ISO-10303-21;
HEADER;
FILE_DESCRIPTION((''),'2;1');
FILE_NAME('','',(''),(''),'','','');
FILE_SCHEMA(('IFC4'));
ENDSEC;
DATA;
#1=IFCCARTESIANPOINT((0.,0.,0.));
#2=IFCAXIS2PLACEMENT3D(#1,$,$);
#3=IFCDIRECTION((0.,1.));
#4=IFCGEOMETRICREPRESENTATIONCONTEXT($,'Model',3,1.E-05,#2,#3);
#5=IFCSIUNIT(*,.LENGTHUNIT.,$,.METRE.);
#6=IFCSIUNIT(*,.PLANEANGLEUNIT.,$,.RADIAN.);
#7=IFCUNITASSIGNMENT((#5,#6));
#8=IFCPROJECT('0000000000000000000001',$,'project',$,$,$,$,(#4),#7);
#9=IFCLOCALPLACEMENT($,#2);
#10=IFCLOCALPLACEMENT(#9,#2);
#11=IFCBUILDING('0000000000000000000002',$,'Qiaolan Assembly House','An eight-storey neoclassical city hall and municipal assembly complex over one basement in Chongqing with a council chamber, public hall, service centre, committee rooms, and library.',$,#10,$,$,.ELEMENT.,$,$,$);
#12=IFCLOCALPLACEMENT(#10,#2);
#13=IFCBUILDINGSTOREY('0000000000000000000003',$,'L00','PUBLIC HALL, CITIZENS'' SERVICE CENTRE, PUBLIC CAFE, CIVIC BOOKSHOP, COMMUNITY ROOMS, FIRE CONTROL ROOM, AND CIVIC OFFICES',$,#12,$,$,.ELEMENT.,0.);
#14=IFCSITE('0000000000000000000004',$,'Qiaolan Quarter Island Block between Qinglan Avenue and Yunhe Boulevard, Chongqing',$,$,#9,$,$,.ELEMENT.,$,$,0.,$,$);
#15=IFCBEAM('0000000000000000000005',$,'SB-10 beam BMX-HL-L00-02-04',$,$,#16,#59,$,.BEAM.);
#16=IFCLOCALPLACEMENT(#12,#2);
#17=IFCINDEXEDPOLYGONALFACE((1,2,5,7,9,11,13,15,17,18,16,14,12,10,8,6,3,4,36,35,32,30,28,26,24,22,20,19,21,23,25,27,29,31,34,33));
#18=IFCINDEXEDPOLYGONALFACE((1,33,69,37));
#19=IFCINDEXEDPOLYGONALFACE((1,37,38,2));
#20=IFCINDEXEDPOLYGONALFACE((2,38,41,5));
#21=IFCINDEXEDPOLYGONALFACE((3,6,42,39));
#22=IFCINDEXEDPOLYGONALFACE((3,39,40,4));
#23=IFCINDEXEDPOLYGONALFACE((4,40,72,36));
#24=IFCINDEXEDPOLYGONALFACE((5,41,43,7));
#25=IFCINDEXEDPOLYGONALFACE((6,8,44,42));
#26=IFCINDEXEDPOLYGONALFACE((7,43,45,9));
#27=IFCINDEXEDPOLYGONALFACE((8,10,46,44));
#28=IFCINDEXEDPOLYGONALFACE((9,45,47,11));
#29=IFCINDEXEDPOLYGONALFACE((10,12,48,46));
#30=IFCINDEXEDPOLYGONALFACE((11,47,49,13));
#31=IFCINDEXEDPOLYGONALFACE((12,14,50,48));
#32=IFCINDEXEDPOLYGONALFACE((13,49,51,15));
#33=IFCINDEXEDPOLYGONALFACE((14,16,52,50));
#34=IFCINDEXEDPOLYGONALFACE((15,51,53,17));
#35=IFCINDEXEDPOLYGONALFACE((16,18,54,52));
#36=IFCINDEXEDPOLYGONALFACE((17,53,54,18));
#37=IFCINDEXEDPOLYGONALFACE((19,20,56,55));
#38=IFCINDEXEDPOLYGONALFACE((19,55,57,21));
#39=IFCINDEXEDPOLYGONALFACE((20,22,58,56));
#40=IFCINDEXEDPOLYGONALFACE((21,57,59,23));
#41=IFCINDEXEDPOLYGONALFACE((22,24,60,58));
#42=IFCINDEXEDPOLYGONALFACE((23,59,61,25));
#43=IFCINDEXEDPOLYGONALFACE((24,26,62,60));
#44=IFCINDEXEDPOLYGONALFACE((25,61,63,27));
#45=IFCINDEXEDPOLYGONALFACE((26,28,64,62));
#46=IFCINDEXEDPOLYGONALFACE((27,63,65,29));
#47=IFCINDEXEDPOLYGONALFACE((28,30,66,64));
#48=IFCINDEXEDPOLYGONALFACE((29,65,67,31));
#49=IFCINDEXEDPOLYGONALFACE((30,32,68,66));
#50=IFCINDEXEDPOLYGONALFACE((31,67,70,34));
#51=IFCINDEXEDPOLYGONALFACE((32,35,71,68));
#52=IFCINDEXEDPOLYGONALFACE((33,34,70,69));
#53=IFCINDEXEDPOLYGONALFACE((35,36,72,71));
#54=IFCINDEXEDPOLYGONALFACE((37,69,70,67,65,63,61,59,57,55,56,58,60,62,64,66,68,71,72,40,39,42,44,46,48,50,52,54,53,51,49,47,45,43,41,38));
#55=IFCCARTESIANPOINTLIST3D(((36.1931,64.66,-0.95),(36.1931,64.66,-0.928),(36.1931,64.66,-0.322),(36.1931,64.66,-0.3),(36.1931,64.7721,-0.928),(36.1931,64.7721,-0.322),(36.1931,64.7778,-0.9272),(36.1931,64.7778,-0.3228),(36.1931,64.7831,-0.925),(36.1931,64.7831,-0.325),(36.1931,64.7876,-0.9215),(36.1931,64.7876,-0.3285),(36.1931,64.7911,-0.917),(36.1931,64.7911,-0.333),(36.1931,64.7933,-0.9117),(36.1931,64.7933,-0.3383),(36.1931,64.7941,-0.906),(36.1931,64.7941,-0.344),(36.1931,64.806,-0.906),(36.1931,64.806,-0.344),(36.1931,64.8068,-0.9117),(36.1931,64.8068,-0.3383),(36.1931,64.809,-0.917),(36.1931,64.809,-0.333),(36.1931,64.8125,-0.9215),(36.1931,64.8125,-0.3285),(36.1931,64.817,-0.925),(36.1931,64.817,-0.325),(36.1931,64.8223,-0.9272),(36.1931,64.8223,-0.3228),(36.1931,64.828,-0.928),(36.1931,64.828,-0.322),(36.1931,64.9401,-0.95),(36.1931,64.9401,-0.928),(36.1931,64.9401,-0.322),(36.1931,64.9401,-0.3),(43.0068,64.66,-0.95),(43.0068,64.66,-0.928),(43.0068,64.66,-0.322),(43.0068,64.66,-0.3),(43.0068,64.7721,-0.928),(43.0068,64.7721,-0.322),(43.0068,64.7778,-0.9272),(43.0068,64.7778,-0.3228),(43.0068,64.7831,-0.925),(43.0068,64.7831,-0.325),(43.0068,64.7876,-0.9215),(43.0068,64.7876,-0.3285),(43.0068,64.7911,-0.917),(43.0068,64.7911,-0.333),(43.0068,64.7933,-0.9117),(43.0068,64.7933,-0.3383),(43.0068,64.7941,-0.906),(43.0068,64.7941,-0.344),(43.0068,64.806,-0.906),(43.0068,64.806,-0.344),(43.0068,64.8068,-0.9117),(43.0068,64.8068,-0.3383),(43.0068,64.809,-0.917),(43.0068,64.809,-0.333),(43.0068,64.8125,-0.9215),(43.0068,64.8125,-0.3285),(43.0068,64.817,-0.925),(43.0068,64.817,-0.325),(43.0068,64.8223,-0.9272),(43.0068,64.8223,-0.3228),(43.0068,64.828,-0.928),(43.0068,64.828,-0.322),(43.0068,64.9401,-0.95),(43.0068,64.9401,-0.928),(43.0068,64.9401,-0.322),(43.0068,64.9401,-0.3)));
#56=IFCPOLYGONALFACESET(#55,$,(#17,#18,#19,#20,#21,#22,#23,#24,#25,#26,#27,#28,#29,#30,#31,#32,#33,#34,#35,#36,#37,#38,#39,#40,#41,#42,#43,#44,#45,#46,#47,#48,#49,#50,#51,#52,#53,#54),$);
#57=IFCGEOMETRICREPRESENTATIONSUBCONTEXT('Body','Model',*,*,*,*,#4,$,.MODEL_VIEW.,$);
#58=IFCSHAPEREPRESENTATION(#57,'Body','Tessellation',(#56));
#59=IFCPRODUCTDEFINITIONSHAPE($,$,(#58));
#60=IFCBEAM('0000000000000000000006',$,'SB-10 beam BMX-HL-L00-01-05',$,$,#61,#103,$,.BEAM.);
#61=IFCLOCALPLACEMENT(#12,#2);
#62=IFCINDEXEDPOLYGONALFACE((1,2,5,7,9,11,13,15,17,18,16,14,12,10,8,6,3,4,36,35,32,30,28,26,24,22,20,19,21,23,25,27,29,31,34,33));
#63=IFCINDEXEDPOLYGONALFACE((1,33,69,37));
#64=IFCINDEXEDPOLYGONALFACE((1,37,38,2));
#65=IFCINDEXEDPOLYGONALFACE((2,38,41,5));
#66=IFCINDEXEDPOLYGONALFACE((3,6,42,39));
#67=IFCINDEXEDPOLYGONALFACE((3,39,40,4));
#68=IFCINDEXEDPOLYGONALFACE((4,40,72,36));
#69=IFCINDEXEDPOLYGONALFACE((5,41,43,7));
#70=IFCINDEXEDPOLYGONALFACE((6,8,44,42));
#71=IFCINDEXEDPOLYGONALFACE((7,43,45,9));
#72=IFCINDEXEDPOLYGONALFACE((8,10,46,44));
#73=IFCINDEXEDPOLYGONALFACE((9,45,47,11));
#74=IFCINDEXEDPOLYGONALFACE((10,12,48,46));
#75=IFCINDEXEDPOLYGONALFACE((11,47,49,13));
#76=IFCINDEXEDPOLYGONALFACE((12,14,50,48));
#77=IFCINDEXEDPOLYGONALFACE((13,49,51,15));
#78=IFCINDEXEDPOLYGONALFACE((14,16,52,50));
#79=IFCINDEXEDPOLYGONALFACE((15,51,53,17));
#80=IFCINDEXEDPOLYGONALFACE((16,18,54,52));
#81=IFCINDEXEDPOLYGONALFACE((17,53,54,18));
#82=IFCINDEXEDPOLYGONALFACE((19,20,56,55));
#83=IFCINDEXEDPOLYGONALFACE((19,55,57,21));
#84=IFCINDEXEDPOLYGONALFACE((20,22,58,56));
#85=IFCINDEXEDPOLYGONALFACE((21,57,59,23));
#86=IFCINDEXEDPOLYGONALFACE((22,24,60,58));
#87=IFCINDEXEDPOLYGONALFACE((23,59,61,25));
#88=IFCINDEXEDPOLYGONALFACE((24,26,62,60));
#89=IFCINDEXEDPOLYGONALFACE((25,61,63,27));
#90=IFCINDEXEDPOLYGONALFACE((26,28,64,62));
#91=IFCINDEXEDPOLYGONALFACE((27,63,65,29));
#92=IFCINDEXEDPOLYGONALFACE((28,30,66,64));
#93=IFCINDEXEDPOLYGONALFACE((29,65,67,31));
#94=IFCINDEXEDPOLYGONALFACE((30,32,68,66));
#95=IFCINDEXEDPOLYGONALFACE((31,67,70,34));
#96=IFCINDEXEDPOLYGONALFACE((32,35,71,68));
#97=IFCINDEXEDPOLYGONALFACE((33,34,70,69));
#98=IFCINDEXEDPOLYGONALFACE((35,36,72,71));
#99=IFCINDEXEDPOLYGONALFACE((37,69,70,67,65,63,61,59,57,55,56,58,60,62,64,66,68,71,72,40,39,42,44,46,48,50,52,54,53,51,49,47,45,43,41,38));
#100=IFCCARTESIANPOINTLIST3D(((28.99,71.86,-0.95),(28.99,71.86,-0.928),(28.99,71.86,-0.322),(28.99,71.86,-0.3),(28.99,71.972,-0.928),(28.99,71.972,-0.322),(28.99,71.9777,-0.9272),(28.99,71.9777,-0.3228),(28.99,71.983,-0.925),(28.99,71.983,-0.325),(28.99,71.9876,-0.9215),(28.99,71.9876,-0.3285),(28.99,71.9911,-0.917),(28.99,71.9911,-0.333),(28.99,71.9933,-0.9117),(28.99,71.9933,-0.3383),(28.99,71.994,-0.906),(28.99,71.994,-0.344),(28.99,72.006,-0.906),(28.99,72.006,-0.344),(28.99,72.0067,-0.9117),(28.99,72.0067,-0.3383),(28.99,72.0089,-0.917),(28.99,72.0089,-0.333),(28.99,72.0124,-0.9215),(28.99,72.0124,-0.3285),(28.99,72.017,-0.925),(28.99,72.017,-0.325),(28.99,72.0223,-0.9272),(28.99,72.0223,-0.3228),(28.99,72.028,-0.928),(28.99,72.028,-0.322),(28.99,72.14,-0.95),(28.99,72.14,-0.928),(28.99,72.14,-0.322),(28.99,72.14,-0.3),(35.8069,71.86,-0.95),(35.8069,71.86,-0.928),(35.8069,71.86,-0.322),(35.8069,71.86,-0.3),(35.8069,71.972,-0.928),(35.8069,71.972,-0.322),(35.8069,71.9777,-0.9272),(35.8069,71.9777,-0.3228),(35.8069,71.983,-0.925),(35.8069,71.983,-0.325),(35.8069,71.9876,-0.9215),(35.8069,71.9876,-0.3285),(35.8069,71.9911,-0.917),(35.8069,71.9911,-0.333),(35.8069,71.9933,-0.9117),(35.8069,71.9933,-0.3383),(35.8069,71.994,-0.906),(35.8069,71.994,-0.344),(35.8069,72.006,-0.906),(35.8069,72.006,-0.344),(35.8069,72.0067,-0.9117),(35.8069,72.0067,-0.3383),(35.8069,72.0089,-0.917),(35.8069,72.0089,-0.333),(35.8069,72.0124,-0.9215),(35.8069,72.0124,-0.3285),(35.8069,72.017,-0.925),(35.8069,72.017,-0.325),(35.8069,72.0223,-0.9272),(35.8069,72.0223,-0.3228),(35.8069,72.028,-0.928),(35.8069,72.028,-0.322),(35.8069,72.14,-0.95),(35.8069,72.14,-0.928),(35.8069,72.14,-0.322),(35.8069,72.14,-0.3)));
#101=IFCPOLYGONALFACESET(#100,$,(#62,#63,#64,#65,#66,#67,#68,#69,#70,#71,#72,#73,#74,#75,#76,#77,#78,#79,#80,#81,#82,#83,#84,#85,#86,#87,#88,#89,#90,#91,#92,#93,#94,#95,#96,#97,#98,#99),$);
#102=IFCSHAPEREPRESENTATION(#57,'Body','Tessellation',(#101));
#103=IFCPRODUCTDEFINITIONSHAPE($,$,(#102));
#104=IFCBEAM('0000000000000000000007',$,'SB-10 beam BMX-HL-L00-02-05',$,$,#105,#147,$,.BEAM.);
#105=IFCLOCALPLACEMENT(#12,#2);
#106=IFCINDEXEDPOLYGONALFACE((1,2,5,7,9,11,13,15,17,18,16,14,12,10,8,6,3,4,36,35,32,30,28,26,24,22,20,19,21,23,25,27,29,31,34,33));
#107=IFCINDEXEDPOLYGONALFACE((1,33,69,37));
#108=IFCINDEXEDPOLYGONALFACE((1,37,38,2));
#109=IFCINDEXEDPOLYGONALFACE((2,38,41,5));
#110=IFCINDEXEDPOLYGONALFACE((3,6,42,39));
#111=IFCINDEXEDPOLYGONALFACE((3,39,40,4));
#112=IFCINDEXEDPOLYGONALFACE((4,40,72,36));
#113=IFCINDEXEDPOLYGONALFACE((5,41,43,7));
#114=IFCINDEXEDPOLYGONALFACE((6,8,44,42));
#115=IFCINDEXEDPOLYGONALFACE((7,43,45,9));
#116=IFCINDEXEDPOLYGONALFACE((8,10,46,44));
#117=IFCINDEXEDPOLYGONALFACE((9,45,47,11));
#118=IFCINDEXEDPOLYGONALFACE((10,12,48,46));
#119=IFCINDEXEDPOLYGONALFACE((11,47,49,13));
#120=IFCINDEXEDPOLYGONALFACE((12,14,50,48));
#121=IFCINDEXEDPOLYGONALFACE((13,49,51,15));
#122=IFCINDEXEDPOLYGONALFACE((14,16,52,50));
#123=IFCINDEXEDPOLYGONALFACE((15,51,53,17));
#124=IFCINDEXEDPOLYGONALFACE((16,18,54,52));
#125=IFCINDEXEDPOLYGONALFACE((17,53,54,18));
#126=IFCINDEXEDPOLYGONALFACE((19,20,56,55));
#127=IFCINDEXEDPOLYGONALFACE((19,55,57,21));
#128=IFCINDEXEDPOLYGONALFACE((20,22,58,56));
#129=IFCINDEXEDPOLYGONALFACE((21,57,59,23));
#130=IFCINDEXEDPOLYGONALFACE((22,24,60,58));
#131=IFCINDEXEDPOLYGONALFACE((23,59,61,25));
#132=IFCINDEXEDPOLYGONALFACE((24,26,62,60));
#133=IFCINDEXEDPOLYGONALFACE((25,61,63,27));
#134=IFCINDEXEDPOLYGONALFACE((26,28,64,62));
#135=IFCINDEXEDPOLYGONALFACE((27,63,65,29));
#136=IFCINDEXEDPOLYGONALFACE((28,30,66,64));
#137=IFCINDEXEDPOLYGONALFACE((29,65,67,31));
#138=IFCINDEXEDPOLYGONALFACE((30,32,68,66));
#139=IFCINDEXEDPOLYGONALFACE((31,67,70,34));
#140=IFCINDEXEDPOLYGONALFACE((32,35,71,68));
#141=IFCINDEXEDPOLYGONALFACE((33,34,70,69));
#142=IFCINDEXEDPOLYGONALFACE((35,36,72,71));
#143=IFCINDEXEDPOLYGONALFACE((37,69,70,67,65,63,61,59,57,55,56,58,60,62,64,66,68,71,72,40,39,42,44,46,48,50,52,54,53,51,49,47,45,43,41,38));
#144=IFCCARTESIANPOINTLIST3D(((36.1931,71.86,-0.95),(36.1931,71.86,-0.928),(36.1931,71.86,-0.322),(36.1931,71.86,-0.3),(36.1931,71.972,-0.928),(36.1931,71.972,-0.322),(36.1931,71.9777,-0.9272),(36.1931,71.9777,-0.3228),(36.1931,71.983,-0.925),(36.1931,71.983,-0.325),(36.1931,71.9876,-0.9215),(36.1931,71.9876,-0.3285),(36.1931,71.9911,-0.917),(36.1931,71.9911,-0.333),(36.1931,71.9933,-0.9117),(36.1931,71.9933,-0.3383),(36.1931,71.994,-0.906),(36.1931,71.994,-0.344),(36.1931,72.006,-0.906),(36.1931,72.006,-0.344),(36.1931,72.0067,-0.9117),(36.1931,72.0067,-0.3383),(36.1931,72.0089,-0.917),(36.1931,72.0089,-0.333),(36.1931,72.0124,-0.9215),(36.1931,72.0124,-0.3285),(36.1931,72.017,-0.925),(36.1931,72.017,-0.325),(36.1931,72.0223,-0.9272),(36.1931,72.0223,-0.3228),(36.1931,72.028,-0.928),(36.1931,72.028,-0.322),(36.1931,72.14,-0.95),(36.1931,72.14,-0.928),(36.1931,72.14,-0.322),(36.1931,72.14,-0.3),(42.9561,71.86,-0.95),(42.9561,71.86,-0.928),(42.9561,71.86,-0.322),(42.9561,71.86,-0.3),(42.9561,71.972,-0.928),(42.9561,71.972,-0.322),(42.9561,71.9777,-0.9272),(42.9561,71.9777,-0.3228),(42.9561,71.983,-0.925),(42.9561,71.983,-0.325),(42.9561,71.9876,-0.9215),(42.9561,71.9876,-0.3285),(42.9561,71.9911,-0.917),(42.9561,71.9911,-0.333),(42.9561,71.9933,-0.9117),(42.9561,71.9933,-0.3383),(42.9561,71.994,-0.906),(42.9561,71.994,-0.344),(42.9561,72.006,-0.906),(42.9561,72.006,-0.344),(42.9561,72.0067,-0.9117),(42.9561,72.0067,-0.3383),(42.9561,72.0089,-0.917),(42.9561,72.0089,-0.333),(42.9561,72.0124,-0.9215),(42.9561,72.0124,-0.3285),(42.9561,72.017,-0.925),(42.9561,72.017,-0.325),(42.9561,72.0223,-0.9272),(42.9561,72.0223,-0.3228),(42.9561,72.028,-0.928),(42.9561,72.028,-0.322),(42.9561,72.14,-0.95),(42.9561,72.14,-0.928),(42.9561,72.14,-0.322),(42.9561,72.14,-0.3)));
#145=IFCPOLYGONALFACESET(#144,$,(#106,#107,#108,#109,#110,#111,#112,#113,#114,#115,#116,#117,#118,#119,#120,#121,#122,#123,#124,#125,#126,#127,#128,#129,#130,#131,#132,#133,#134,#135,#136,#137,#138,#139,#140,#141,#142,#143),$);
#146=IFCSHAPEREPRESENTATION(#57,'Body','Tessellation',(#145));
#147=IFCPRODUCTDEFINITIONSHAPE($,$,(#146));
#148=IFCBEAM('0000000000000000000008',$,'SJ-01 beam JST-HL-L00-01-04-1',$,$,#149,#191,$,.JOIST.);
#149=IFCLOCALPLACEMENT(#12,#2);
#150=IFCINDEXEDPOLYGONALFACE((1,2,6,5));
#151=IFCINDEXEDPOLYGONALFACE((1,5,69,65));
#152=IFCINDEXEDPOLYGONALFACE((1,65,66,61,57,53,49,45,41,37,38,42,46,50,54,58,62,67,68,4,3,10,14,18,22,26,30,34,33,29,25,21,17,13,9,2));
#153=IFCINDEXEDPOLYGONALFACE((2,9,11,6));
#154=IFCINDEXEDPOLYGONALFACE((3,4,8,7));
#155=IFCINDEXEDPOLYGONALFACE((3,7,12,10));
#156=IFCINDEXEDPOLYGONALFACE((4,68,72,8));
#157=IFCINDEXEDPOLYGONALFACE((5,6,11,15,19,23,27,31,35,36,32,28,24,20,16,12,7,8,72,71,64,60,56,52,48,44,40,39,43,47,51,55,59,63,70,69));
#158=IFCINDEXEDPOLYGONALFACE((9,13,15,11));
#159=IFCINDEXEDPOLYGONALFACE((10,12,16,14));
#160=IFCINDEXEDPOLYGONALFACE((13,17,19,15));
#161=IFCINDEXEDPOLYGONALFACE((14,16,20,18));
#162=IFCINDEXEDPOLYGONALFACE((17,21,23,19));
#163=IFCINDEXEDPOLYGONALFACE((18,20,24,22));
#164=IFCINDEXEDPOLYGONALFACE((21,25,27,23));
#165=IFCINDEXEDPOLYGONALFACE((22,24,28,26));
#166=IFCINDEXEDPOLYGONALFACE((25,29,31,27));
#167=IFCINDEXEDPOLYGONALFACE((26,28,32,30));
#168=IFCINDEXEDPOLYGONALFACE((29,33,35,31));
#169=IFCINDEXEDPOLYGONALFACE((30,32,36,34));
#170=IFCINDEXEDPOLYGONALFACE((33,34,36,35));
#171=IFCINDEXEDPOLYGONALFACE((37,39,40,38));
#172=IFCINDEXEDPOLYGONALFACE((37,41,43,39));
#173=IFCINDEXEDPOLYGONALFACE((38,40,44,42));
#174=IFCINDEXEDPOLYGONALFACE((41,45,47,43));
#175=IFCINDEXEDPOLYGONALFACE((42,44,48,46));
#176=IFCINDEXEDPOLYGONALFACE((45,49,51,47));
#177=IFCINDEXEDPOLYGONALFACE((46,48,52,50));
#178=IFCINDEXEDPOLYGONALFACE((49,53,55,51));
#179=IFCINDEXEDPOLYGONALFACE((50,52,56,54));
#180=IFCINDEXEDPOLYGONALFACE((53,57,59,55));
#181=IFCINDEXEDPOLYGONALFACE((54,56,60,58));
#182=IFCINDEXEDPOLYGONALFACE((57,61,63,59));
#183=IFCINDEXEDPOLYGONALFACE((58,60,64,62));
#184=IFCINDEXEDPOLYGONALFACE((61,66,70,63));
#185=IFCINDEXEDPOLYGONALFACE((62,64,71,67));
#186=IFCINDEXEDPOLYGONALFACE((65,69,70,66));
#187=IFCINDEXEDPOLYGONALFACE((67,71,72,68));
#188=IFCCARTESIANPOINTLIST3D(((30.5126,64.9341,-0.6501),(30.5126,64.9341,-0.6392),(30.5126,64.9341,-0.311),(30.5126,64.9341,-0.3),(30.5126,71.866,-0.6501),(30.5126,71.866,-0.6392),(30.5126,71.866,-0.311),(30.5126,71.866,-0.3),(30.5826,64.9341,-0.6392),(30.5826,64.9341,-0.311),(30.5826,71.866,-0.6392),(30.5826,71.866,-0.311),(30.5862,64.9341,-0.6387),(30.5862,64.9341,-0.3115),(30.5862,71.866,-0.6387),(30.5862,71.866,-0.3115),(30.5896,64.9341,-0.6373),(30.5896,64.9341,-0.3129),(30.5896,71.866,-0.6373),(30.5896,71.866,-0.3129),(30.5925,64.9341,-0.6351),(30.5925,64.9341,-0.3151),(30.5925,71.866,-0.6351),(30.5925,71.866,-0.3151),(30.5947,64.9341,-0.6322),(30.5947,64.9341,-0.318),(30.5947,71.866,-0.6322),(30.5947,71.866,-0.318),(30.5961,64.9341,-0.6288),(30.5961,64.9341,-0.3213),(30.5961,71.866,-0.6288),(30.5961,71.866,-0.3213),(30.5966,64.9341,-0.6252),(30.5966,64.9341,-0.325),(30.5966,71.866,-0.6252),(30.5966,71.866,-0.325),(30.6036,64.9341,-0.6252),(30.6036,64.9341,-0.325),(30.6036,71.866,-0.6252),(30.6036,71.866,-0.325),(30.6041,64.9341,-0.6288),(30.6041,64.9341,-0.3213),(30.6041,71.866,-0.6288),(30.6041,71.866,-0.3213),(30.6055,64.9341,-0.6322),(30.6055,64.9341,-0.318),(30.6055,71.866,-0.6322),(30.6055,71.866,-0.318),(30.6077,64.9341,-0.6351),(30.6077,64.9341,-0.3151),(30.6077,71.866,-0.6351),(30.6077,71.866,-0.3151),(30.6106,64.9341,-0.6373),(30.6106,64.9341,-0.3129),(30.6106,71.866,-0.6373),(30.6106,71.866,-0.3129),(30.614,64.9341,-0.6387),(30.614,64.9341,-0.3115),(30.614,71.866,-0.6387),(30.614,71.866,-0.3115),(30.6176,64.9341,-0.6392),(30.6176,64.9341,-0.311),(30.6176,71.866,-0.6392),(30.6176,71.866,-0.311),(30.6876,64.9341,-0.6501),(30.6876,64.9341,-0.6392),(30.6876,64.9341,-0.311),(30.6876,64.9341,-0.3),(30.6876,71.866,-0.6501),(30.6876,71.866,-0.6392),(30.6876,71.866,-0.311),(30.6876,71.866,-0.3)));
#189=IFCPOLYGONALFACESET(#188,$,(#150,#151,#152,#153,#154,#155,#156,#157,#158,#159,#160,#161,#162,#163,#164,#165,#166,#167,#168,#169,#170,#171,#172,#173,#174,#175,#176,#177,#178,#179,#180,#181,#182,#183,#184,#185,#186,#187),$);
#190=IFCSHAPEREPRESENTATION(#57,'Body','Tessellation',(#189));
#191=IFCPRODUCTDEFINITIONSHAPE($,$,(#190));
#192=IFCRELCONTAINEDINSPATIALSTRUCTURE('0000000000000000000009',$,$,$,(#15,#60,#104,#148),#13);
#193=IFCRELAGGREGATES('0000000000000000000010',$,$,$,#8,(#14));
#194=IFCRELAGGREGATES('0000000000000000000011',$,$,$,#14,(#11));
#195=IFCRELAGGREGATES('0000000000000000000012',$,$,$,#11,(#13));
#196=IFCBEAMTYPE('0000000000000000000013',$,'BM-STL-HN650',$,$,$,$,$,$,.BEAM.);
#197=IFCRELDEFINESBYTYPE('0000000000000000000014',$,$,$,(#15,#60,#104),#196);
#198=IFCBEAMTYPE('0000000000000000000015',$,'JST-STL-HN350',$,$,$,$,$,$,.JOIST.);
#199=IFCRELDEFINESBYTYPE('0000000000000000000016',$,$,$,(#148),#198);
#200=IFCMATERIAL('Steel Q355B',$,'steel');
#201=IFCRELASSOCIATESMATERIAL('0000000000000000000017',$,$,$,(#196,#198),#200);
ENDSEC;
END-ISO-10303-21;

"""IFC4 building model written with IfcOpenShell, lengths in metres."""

from ifc_helpers import new_model, si_unit, direction, frame, origin, origin_2d, place, context, subcontext, project, spatial, i_section, extrude, material, material_profile, profile_set, type_object, element, save


model = new_model("IFC4")

# Units and contexts
model_context = context("Model", 3, precision=1e-05, world=origin(), true_north=direction((0.0, 1.0)))
body_context = subcontext(model_context, "Body", "Model", "MODEL_VIEW")
ifc_project = project(units=[si_unit("LENGTHUNIT", "METRE"), si_unit("PLANEANGLEUNIT", "RADIAN")], contexts=[model_context])

# Site, building, storey
site_placement = place(None, origin())
site = spatial("IfcSite", under=ifc_project, at=site_placement, Name="Qiaolan Quarter Island Block between Qinglan Avenue and Yunhe Boulevard, Chongqing", CompositionType="ELEMENT", RefElevation=0.0)
building_placement = place(site_placement, origin())
building = spatial("IfcBuilding", under=site, at=building_placement, Name="Qiaolan Assembly House", Description="An eight-storey neoclassical city hall and municipal assembly complex over one basement in Chongqing with a council chamber, public hall, service centre, committee rooms, and library.", CompositionType="ELEMENT")
storey_placement = place(building_placement, origin())
storey = spatial("IfcBuildingStorey", under=building, at=storey_placement, Name="L00", Description="PUBLIC HALL, CITIZENS' SERVICE CENTRE, PUBLIC CAFE, CIVIC BOOKSHOP, COMMUNITY ROOMS, FIRE CONTROL ROOM, AND CIVIC OFFICES", CompositionType="ELEMENT", Elevation=0.0)

# Shared definitions
ifc_material_1 = material(Name="Steel Q355B", Category="steel")

# Beams
ifc_material_profile_1 = material_profile(ifc_material_1, i_section(OverallWidth=0.28, OverallDepth=0.6499, WebThickness=0.012, FlangeThickness=0.022, FilletRadius=0.022, at=origin_2d()), Name="HN 650x280x12x22")
ifc_profile_set_1 = profile_set([ifc_material_profile_1], Name="Steel Q355B")
beam_type_1 = type_object("IfcBeamType", Name="BM-STL-HN650", PredefinedType="BEAM", material=ifc_profile_set_1)
beam_1_placement = place(storey_placement, frame((36.1931, 64.8, -0.625), z_axis=(1.0, 0.0, 0.0), x_axis=(0.0, 1.0, 0.0)))
element("IfcBeam", 1, at=beam_1_placement, inside=storey, type_object=beam_type_1, Name="SB-10 beam BMX-HL-L00-02-04", PredefinedType="BEAM", context=body_context, shape_type="SweptSolid", body=[
    extrude(i_section(OverallWidth=0.28, OverallDepth=0.6499, WebThickness=0.012, FlangeThickness=0.022, FilletRadius=0.022, at=origin_2d()), origin(), (0.0, 0.0, 1.0), 6.8137),
])
beam_2_placement = place(storey_placement, frame((28.99, 72.0, -0.625), z_axis=(1.0, 0.0, 0.0), x_axis=(0.0, 1.0, 0.0)))
element("IfcBeam", 2, at=beam_2_placement, inside=storey, type_object=beam_type_1, Name="SB-10 beam BMX-HL-L00-01-05", PredefinedType="BEAM", context=body_context, shape_type="SweptSolid", body=[
    extrude(i_section(OverallWidth=0.28, OverallDepth=0.6499, WebThickness=0.012, FlangeThickness=0.022, FilletRadius=0.022, at=origin_2d()), origin(), (0.0, 0.0, 1.0), 6.8169),
])
beam_3_placement = place(storey_placement, frame((36.1931, 72.0, -0.625), z_axis=(1.0, 0.0, 0.0), x_axis=(0.0, 1.0, 0.0)))
element("IfcBeam", 3, at=beam_3_placement, inside=storey, type_object=beam_type_1, Name="SB-10 beam BMX-HL-L00-02-05", PredefinedType="BEAM", context=body_context, shape_type="SweptSolid", body=[
    extrude(i_section(OverallWidth=0.28, OverallDepth=0.6499, WebThickness=0.012, FlangeThickness=0.022, FilletRadius=0.022, at=origin_2d()), origin(), (0.0, 0.0, 1.0), 6.7629),
])
ifc_material_profile_2 = material_profile(ifc_material_1, i_section(OverallWidth=0.175, OverallDepth=0.3501, WebThickness=0.0071, FlangeThickness=0.011, FilletRadius=0.0139, at=origin_2d()), Name="HN 350x175x7x11")
ifc_profile_set_2 = profile_set([ifc_material_profile_2], Name="Steel Q355B")
beam_type_2 = type_object("IfcBeamType", Name="JST-STL-HN350", PredefinedType="JOIST", material=ifc_profile_set_2)
for number, where, z_axis, x_axis, name in (
    (4, (30.6001, 64.9341, -0.4751), (0.0, 1.0, 0.0), (-1.0, 0.0, 0.0), "SJ-01 beam JST-HL-L00-01-04-1"),
):
    element("IfcBeam", number, at=place(storey_placement, frame(where, z_axis=z_axis, x_axis=x_axis)), inside=storey, type_object=beam_type_2, Name=name, PredefinedType="JOIST", context=body_context, shape_type="SweptSolid", body=[
        extrude(i_section(OverallWidth=0.175, OverallDepth=0.3501, WebThickness=0.0071, FlangeThickness=0.011, FilletRadius=0.0139, at=origin_2d()), origin(), (0.0, 0.0, 1.0), 6.9319),
    ])

save(model, "model.ifc")
